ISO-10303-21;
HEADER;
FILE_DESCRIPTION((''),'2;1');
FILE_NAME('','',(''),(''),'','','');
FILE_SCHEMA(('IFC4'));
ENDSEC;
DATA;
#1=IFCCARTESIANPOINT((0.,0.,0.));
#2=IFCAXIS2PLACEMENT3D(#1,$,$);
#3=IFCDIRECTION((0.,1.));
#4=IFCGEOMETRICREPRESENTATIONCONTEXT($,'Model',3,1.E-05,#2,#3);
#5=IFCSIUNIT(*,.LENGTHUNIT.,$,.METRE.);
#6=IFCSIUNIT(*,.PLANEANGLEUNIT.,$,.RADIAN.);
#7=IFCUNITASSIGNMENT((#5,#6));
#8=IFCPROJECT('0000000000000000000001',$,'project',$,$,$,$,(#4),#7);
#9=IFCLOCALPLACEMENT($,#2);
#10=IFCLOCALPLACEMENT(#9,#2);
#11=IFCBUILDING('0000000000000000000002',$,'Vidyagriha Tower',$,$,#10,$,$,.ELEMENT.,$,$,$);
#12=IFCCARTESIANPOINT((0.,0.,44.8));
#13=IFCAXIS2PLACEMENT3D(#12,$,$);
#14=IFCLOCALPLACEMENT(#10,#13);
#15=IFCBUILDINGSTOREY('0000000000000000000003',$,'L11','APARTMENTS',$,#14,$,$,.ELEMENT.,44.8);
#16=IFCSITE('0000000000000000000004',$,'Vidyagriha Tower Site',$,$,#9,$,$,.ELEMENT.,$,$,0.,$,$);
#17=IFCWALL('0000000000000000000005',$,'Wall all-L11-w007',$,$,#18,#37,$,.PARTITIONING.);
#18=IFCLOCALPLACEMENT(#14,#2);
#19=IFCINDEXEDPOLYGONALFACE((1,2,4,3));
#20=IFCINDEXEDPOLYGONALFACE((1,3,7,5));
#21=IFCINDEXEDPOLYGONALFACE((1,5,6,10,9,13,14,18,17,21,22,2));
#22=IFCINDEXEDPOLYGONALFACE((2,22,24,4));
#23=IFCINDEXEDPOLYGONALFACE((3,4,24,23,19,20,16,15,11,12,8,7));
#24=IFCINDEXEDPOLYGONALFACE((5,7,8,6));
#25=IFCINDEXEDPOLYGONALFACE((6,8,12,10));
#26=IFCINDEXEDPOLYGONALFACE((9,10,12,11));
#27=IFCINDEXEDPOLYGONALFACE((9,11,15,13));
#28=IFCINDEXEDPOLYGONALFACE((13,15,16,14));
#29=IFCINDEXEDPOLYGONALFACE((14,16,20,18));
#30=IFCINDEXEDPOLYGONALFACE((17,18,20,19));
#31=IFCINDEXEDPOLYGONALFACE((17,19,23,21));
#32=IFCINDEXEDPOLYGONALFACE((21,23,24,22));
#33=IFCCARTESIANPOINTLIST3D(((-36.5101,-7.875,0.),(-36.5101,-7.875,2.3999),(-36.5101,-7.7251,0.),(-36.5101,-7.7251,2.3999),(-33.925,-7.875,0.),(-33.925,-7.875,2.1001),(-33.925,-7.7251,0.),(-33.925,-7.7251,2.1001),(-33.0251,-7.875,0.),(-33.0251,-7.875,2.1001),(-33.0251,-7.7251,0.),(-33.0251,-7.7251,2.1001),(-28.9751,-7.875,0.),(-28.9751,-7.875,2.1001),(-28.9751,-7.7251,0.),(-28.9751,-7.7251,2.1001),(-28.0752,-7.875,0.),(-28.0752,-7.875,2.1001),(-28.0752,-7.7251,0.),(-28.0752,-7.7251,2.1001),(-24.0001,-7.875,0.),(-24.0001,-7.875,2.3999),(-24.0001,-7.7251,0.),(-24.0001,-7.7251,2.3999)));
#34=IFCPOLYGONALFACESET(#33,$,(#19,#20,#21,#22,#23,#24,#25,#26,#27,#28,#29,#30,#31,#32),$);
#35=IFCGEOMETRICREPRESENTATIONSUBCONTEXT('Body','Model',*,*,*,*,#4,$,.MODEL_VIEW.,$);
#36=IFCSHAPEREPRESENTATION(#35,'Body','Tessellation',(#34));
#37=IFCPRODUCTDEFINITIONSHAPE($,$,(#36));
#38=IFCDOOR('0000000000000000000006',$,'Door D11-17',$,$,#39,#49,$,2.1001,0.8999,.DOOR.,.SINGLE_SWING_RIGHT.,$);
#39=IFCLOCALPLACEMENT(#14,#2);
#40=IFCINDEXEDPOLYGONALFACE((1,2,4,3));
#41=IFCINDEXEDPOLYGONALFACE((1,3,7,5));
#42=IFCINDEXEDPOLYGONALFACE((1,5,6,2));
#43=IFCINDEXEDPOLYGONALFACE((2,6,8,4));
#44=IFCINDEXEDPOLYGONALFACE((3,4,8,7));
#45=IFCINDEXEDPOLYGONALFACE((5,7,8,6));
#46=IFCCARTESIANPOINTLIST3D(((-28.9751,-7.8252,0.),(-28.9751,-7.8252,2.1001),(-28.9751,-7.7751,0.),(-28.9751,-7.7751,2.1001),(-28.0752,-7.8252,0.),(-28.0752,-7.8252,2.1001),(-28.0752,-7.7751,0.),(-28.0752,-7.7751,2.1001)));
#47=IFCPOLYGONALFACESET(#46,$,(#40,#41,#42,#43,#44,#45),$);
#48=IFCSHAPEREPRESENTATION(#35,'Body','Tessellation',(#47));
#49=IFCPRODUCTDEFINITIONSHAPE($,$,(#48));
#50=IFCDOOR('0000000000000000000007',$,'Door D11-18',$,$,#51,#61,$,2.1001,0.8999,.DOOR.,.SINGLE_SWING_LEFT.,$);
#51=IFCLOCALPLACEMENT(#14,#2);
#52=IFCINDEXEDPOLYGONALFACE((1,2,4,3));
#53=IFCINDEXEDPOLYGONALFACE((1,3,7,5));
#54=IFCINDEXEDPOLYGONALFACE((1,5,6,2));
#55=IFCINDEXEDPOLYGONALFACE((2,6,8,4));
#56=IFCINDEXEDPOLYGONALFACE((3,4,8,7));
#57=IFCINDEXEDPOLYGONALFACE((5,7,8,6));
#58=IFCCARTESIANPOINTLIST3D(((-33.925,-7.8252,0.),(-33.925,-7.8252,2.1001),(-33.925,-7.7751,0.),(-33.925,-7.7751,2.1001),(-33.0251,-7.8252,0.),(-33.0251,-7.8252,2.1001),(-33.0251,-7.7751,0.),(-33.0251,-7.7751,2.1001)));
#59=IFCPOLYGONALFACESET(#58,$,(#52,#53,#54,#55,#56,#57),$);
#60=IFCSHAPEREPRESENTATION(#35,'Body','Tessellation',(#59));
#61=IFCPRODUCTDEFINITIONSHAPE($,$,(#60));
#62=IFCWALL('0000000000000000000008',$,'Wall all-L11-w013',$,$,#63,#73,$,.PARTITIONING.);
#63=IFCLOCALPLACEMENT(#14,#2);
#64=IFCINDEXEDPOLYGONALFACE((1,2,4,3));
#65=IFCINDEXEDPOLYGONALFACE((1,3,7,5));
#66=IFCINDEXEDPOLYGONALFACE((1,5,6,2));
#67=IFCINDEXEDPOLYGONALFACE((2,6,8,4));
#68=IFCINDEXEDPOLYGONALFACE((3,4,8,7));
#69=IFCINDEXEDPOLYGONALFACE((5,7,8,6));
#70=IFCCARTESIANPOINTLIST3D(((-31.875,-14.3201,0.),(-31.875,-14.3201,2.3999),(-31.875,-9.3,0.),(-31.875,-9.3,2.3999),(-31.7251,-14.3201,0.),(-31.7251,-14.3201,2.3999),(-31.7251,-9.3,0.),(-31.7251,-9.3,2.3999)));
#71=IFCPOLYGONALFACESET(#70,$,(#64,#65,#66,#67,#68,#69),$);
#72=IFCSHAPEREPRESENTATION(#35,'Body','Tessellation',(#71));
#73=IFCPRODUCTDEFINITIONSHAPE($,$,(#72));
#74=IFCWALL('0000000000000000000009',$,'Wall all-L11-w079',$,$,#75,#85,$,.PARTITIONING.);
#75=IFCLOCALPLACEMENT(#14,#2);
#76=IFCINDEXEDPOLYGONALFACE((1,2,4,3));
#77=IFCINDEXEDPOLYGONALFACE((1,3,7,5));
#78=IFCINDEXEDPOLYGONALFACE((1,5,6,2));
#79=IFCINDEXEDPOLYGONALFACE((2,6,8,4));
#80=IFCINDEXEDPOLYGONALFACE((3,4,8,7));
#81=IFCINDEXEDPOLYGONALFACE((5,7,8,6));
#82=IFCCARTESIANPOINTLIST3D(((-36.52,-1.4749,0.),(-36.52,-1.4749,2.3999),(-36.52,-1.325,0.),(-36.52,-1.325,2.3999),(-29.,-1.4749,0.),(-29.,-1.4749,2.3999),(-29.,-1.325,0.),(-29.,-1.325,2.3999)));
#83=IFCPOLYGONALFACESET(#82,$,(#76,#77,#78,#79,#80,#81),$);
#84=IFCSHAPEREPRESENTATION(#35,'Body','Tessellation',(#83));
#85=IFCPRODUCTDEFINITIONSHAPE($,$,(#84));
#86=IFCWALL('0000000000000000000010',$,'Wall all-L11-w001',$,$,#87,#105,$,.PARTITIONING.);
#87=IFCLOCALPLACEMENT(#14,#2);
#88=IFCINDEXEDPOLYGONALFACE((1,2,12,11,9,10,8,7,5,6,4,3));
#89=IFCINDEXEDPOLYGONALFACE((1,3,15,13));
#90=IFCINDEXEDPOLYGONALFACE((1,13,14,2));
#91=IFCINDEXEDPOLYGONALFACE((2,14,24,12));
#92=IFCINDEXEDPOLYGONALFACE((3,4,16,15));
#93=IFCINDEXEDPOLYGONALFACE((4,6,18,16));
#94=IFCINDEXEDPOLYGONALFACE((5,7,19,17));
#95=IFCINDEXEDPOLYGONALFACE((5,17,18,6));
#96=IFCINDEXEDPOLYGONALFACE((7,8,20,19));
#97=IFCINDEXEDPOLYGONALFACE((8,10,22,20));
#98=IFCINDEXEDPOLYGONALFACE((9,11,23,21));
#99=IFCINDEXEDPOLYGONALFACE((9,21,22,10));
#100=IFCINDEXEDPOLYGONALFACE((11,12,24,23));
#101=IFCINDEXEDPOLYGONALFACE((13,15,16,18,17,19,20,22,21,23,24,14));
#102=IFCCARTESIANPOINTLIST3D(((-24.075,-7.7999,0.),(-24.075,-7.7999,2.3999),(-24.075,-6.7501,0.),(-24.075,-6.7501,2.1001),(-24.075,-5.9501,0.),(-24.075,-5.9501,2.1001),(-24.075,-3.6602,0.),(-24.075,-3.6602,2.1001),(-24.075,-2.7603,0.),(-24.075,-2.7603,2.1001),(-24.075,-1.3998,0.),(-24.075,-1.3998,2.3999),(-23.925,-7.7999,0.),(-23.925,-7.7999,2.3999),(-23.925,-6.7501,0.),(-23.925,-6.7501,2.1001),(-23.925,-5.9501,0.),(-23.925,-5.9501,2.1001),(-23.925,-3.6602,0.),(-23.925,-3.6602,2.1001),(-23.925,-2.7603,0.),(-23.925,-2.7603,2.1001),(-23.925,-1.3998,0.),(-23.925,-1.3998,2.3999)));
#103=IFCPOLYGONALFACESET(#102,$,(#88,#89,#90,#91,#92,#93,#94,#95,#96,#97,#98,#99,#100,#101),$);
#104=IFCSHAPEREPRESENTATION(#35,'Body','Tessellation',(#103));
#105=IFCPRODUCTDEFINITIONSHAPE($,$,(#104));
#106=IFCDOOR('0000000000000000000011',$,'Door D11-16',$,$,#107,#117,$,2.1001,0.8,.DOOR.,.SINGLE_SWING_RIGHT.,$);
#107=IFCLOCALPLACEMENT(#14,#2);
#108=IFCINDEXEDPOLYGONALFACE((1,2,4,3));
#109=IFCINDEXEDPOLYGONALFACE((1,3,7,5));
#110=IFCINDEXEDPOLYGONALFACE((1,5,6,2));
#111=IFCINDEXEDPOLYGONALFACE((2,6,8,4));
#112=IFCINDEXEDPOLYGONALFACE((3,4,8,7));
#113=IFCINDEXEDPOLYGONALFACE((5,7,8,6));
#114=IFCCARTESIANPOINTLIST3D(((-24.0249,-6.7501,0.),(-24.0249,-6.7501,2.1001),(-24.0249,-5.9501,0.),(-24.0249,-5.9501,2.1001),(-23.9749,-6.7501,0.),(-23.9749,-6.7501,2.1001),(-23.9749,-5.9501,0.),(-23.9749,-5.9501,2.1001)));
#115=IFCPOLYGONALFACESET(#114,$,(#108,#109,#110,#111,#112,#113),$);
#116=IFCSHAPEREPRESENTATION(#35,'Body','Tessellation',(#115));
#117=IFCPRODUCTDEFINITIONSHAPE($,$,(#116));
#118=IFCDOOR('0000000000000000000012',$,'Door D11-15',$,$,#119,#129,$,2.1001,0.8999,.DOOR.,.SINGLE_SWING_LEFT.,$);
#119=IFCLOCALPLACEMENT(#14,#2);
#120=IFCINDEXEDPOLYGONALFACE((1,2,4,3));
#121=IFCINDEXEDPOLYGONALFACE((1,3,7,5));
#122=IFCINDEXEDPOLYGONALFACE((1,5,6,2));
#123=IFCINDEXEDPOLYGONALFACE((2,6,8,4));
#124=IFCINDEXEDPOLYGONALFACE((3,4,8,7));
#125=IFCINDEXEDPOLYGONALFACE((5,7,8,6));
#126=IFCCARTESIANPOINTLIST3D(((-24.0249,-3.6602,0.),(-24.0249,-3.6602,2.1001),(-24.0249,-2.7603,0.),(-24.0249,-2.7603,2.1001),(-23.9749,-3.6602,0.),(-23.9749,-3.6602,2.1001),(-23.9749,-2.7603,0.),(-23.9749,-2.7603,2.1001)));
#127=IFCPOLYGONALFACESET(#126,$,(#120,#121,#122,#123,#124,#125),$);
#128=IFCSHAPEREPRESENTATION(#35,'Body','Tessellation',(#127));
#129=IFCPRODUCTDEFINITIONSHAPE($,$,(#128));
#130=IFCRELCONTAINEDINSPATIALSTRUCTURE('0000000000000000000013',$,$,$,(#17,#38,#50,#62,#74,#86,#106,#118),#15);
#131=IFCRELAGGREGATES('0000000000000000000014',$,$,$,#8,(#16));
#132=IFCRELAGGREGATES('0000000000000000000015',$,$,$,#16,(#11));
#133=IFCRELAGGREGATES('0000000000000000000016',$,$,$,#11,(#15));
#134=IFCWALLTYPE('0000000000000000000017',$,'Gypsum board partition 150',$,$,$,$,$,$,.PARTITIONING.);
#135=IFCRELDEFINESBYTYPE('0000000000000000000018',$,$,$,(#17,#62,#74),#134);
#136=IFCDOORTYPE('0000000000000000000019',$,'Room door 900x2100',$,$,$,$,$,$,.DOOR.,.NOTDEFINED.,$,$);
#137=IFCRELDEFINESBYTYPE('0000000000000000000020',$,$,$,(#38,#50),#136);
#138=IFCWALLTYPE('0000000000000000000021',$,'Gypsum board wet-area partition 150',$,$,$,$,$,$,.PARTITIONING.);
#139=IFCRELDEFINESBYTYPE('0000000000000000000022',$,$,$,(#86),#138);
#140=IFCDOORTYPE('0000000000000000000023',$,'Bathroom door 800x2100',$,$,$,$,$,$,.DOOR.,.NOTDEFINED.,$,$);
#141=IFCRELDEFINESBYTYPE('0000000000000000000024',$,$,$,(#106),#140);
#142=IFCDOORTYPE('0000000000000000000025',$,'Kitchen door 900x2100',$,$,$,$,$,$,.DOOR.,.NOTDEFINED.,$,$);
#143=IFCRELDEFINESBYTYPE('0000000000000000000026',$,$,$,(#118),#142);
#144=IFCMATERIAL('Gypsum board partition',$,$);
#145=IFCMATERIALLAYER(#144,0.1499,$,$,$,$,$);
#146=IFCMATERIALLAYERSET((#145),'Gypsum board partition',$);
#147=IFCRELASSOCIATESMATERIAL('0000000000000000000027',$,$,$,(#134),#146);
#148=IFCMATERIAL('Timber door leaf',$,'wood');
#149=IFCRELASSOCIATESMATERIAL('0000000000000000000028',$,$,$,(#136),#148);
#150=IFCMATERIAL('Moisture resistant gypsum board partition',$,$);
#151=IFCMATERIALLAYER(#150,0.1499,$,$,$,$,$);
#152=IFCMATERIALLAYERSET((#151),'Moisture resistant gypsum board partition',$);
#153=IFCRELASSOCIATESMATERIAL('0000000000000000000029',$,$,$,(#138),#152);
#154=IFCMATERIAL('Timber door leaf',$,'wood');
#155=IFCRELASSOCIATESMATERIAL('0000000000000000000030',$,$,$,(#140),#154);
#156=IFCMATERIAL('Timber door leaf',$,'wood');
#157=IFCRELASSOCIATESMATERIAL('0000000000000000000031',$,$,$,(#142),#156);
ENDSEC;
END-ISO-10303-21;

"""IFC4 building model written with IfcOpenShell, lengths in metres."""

from ifc_helpers import new_model, si_unit, direction, frame, frame_2d, origin, place, context, subcontext, project, spatial, rectangle, extrude, material, layer, layer_set, type_object, element, fill, save


model = new_model("IFC4")

# Units and contexts
model_context = context("Model", 3, precision=1e-05, world=origin(), true_north=direction((0.0, 1.0)))
body_context = subcontext(model_context, "Body", "Model", "MODEL_VIEW")
ifc_project = project(units=[si_unit("LENGTHUNIT", "METRE"), si_unit("PLANEANGLEUNIT", "RADIAN")], contexts=[model_context])

# Site, building, storey
site_placement = place(None, origin())
site = spatial("IfcSite", under=ifc_project, at=site_placement, Name="Vidyagriha Tower Site", CompositionType="ELEMENT", RefElevation=0.0)
building_placement = place(site_placement, origin())
building = spatial("IfcBuilding", under=site, at=building_placement, Name="Vidyagriha Tower", CompositionType="ELEMENT")
storey_placement = place(building_placement, frame((0.0, 0.0, 44.8)))
storey = spatial("IfcBuildingStorey", under=building, at=storey_placement, Name="L11", Description="APARTMENTS", CompositionType="ELEMENT", Elevation=44.8)

# Shared definitions
ifc_material_1 = material(Name="Gypsum board partition")
ifc_layer_1 = layer(ifc_material_1, 0.1499)
ifc_layer_set_1 = layer_set([ifc_layer_1], Name="Gypsum board partition")
wall_type_1 = type_object("IfcWallType", Name="Gypsum board partition 150", PredefinedType="PARTITIONING", material=ifc_layer_set_1)

# Wall, openings, doors
wall_1_placement = place(storey_placement, frame((-36.51, -7.8, 0.0)))
wall_1 = element("IfcWall", 1, at=wall_1_placement, inside=storey, type_object=wall_type_1, Name="Wall all-L11-w007", PredefinedType="PARTITIONING", context=body_context, shape_type="SweptSolid", body=[
    extrude(rectangle(XDim=12.51, YDim=0.1499, at=frame_2d((6.2549, 0.0))), origin(), (0.0, 0.0, 1.0), 2.3999),
])
opening_1_placement = place(wall_1_placement, frame((7.5349, 0.0, 0.0)))
opening_1 = element("IfcOpeningElement", 2, at=opening_1_placement, cuts=wall_1, PredefinedType="OPENING", context=body_context, shape_type="SweptSolid", body=[
    extrude(rectangle(XDim=0.8999, YDim=2.1001, at=frame_2d((0.45, 1.05))), frame((0.0, 0.085, 0.0), z_axis=(0.0, -1.0, 0.0), x_axis=(1.0, 0.0, 0.0)), (0.0, 0.0, 1.0), 0.1699),
])
opening_2_placement = place(wall_1_placement, frame((2.585, 0.0, 0.0)))
opening_2 = element("IfcOpeningElement", 3, at=opening_2_placement, cuts=wall_1, PredefinedType="OPENING", context=body_context, shape_type="SweptSolid", body=[
    extrude(rectangle(XDim=0.8999, YDim=2.1001, at=frame_2d((0.45, 1.05))), frame((0.0, 0.085, 0.0), z_axis=(0.0, -1.0, 0.0), x_axis=(1.0, 0.0, 0.0)), (0.0, 0.0, 1.0), 0.1699),
])
ifc_material_2 = material(Name="Timber door leaf", Category="wood")
door_type_1 = type_object("IfcDoorType", Name="Room door 900x2100", OperationType="NOTDEFINED", PredefinedType="DOOR", material=ifc_material_2)
door_1_placement = place(opening_1_placement, origin())
door_1 = element("IfcDoor", 4, at=door_1_placement, inside=storey, type_object=door_type_1, Name="Door D11-17", OperationType="SINGLE_SWING_RIGHT", OverallHeight=2.1001, OverallWidth=0.8999, PredefinedType="DOOR", context=body_context, shape_type="SweptSolid", body=[
    extrude(rectangle(XDim=0.8999, YDim=2.1001, at=frame_2d((0.45, 1.05))), frame((0.0, 0.0249, 0.0), z_axis=(0.0, -1.0, 0.0), x_axis=(1.0, 0.0, 0.0)), (0.0, 0.0, 1.0), 0.05),
])
fill(opening_1, door_1)
door_2_placement = place(opening_2_placement, origin())
door_2 = element("IfcDoor", 5, at=door_2_placement, inside=storey, type_object=door_type_1, Name="Door D11-18", OperationType="SINGLE_SWING_LEFT", OverallHeight=2.1001, OverallWidth=0.8999, PredefinedType="DOOR", context=body_context, shape_type="SweptSolid", body=[
    extrude(rectangle(XDim=0.8999, YDim=2.1001, at=frame_2d((0.45, 1.05))), frame((0.0, 0.0249, 0.0), z_axis=(0.0, -1.0, 0.0), x_axis=(1.0, 0.0, 0.0)), (0.0, 0.0, 1.0), 0.05),
])
fill(opening_2, door_2)

# Walls
wall_2_placement = place(storey_placement, frame((-31.8, -9.3, 0.0), z_axis=(0.0, 0.0, 1.0), x_axis=(0.0, -1.0, 0.0)))
element("IfcWall", 6, at=wall_2_placement, inside=storey, type_object=wall_type_1, Name="Wall all-L11-w013", PredefinedType="PARTITIONING", context=body_context, shape_type="SweptSolid", body=[
    extrude(rectangle(XDim=5.02, YDim=0.1499, at=frame_2d((2.51, 0.0))), origin(), (0.0, 0.0, 1.0), 2.3999),
])
wall_3_placement = place(storey_placement, frame((-29.0, -1.3999, 0.0), z_axis=(0.0, 0.0, 1.0), x_axis=(-1.0, 0.0, 0.0)))
element("IfcWall", 7, at=wall_3_placement, inside=storey, type_object=wall_type_1, Name="Wall all-L11-w079", PredefinedType="PARTITIONING", context=body_context, shape_type="SweptSolid", body=[
    extrude(rectangle(XDim=7.52, YDim=0.1499, at=frame_2d((3.76, 0.0))), origin(), (0.0, 0.0, 1.0), 2.3999),
])

# Wall, openings, doors
ifc_material_3 = material(Name="Moisture resistant gypsum board partition")
ifc_layer_2 = layer(ifc_material_3, 0.1499)
ifc_layer_set_2 = layer_set([ifc_layer_2], Name="Moisture resistant gypsum board partition")
wall_type_2 = type_object("IfcWallType", Name="Gypsum board wet-area partition 150", PredefinedType="PARTITIONING", material=ifc_layer_set_2)
wall_4_placement = place(storey_placement, frame((-24.0, -7.8, 0.0), z_axis=(0.0, 0.0, 1.0), x_axis=(0.0, 1.0, 0.0)))
wall_4 = element("IfcWall", 8, at=wall_4_placement, inside=storey, type_object=wall_type_2, Name="Wall all-L11-w001", PredefinedType="PARTITIONING", context=body_context, shape_type="SweptSolid", body=[
    extrude(rectangle(XDim=6.4001, YDim=0.1499, at=frame_2d((3.2002, 0.0))), origin(), (0.0, 0.0, 1.0), 2.3999),
])
opening_3_placement = place(wall_4_placement, frame((4.1399, 0.0, 0.0)))
opening_3 = element("IfcOpeningElement", 9, at=opening_3_placement, cuts=wall_4, PredefinedType="OPENING", context=body_context, shape_type="SweptSolid", body=[
    extrude(rectangle(XDim=0.8999, YDim=2.1001, at=frame_2d((0.45, 1.05))), frame((0.0, 0.085, 0.0), z_axis=(0.0, -1.0, 0.0), x_axis=(1.0, 0.0, 0.0)), (0.0, 0.0, 1.0), 0.1699),
])
opening_4_placement = place(wall_4_placement, frame((1.05, 0.0, 0.0)))
opening_4 = element("IfcOpeningElement", 10, at=opening_4_placement, cuts=wall_4, PredefinedType="OPENING", context=body_context, shape_type="SweptSolid", body=[
    extrude(rectangle(XDim=0.8, YDim=2.1001, at=frame_2d((0.3999, 1.05))), frame((0.0, 0.085, 0.0), z_axis=(0.0, -1.0, 0.0), x_axis=(1.0, 0.0, 0.0)), (0.0, 0.0, 1.0), 0.1699),
])
ifc_material_4 = material(Name="Timber door leaf", Category="wood")
door_type_2 = type_object("IfcDoorType", Name="Bathroom door 800x2100", OperationType="NOTDEFINED", PredefinedType="DOOR", material=ifc_material_4)
door_3_placement = place(opening_4_placement, origin())
door_3 = element("IfcDoor", 11, at=door_3_placement, inside=storey, type_object=door_type_2, Name="Door D11-16", OperationType="SINGLE_SWING_RIGHT", OverallHeight=2.1001, OverallWidth=0.8, PredefinedType="DOOR", context=body_context, shape_type="SweptSolid", body=[
    extrude(rectangle(XDim=0.8, YDim=2.1001, at=frame_2d((0.3999, 1.05))), frame((0.0, 0.0249, 0.0), z_axis=(0.0, -1.0, 0.0), x_axis=(1.0, 0.0, 0.0)), (0.0, 0.0, 1.0), 0.05),
])
fill(opening_4, door_3)
ifc_material_5 = material(Name="Timber door leaf", Category="wood")
door_type_3 = type_object("IfcDoorType", Name="Kitchen door 900x2100", OperationType="NOTDEFINED", PredefinedType="DOOR", material=ifc_material_5)
door_4_placement = place(opening_3_placement, origin())
door_4 = element("IfcDoor", 12, at=door_4_placement, inside=storey, type_object=door_type_3, Name="Door D11-15", OperationType="SINGLE_SWING_LEFT", OverallHeight=2.1001, OverallWidth=0.8999, PredefinedType="DOOR", context=body_context, shape_type="SweptSolid", body=[
    extrude(rectangle(XDim=0.8999, YDim=2.1001, at=frame_2d((0.45, 1.05))), frame((0.0, 0.0249, 0.0), z_axis=(0.0, -1.0, 0.0), x_axis=(1.0, 0.0, 0.0)), (0.0, 0.0, 1.0), 0.05),
])
fill(opening_3, door_4)

save(model, "model.ifc")
